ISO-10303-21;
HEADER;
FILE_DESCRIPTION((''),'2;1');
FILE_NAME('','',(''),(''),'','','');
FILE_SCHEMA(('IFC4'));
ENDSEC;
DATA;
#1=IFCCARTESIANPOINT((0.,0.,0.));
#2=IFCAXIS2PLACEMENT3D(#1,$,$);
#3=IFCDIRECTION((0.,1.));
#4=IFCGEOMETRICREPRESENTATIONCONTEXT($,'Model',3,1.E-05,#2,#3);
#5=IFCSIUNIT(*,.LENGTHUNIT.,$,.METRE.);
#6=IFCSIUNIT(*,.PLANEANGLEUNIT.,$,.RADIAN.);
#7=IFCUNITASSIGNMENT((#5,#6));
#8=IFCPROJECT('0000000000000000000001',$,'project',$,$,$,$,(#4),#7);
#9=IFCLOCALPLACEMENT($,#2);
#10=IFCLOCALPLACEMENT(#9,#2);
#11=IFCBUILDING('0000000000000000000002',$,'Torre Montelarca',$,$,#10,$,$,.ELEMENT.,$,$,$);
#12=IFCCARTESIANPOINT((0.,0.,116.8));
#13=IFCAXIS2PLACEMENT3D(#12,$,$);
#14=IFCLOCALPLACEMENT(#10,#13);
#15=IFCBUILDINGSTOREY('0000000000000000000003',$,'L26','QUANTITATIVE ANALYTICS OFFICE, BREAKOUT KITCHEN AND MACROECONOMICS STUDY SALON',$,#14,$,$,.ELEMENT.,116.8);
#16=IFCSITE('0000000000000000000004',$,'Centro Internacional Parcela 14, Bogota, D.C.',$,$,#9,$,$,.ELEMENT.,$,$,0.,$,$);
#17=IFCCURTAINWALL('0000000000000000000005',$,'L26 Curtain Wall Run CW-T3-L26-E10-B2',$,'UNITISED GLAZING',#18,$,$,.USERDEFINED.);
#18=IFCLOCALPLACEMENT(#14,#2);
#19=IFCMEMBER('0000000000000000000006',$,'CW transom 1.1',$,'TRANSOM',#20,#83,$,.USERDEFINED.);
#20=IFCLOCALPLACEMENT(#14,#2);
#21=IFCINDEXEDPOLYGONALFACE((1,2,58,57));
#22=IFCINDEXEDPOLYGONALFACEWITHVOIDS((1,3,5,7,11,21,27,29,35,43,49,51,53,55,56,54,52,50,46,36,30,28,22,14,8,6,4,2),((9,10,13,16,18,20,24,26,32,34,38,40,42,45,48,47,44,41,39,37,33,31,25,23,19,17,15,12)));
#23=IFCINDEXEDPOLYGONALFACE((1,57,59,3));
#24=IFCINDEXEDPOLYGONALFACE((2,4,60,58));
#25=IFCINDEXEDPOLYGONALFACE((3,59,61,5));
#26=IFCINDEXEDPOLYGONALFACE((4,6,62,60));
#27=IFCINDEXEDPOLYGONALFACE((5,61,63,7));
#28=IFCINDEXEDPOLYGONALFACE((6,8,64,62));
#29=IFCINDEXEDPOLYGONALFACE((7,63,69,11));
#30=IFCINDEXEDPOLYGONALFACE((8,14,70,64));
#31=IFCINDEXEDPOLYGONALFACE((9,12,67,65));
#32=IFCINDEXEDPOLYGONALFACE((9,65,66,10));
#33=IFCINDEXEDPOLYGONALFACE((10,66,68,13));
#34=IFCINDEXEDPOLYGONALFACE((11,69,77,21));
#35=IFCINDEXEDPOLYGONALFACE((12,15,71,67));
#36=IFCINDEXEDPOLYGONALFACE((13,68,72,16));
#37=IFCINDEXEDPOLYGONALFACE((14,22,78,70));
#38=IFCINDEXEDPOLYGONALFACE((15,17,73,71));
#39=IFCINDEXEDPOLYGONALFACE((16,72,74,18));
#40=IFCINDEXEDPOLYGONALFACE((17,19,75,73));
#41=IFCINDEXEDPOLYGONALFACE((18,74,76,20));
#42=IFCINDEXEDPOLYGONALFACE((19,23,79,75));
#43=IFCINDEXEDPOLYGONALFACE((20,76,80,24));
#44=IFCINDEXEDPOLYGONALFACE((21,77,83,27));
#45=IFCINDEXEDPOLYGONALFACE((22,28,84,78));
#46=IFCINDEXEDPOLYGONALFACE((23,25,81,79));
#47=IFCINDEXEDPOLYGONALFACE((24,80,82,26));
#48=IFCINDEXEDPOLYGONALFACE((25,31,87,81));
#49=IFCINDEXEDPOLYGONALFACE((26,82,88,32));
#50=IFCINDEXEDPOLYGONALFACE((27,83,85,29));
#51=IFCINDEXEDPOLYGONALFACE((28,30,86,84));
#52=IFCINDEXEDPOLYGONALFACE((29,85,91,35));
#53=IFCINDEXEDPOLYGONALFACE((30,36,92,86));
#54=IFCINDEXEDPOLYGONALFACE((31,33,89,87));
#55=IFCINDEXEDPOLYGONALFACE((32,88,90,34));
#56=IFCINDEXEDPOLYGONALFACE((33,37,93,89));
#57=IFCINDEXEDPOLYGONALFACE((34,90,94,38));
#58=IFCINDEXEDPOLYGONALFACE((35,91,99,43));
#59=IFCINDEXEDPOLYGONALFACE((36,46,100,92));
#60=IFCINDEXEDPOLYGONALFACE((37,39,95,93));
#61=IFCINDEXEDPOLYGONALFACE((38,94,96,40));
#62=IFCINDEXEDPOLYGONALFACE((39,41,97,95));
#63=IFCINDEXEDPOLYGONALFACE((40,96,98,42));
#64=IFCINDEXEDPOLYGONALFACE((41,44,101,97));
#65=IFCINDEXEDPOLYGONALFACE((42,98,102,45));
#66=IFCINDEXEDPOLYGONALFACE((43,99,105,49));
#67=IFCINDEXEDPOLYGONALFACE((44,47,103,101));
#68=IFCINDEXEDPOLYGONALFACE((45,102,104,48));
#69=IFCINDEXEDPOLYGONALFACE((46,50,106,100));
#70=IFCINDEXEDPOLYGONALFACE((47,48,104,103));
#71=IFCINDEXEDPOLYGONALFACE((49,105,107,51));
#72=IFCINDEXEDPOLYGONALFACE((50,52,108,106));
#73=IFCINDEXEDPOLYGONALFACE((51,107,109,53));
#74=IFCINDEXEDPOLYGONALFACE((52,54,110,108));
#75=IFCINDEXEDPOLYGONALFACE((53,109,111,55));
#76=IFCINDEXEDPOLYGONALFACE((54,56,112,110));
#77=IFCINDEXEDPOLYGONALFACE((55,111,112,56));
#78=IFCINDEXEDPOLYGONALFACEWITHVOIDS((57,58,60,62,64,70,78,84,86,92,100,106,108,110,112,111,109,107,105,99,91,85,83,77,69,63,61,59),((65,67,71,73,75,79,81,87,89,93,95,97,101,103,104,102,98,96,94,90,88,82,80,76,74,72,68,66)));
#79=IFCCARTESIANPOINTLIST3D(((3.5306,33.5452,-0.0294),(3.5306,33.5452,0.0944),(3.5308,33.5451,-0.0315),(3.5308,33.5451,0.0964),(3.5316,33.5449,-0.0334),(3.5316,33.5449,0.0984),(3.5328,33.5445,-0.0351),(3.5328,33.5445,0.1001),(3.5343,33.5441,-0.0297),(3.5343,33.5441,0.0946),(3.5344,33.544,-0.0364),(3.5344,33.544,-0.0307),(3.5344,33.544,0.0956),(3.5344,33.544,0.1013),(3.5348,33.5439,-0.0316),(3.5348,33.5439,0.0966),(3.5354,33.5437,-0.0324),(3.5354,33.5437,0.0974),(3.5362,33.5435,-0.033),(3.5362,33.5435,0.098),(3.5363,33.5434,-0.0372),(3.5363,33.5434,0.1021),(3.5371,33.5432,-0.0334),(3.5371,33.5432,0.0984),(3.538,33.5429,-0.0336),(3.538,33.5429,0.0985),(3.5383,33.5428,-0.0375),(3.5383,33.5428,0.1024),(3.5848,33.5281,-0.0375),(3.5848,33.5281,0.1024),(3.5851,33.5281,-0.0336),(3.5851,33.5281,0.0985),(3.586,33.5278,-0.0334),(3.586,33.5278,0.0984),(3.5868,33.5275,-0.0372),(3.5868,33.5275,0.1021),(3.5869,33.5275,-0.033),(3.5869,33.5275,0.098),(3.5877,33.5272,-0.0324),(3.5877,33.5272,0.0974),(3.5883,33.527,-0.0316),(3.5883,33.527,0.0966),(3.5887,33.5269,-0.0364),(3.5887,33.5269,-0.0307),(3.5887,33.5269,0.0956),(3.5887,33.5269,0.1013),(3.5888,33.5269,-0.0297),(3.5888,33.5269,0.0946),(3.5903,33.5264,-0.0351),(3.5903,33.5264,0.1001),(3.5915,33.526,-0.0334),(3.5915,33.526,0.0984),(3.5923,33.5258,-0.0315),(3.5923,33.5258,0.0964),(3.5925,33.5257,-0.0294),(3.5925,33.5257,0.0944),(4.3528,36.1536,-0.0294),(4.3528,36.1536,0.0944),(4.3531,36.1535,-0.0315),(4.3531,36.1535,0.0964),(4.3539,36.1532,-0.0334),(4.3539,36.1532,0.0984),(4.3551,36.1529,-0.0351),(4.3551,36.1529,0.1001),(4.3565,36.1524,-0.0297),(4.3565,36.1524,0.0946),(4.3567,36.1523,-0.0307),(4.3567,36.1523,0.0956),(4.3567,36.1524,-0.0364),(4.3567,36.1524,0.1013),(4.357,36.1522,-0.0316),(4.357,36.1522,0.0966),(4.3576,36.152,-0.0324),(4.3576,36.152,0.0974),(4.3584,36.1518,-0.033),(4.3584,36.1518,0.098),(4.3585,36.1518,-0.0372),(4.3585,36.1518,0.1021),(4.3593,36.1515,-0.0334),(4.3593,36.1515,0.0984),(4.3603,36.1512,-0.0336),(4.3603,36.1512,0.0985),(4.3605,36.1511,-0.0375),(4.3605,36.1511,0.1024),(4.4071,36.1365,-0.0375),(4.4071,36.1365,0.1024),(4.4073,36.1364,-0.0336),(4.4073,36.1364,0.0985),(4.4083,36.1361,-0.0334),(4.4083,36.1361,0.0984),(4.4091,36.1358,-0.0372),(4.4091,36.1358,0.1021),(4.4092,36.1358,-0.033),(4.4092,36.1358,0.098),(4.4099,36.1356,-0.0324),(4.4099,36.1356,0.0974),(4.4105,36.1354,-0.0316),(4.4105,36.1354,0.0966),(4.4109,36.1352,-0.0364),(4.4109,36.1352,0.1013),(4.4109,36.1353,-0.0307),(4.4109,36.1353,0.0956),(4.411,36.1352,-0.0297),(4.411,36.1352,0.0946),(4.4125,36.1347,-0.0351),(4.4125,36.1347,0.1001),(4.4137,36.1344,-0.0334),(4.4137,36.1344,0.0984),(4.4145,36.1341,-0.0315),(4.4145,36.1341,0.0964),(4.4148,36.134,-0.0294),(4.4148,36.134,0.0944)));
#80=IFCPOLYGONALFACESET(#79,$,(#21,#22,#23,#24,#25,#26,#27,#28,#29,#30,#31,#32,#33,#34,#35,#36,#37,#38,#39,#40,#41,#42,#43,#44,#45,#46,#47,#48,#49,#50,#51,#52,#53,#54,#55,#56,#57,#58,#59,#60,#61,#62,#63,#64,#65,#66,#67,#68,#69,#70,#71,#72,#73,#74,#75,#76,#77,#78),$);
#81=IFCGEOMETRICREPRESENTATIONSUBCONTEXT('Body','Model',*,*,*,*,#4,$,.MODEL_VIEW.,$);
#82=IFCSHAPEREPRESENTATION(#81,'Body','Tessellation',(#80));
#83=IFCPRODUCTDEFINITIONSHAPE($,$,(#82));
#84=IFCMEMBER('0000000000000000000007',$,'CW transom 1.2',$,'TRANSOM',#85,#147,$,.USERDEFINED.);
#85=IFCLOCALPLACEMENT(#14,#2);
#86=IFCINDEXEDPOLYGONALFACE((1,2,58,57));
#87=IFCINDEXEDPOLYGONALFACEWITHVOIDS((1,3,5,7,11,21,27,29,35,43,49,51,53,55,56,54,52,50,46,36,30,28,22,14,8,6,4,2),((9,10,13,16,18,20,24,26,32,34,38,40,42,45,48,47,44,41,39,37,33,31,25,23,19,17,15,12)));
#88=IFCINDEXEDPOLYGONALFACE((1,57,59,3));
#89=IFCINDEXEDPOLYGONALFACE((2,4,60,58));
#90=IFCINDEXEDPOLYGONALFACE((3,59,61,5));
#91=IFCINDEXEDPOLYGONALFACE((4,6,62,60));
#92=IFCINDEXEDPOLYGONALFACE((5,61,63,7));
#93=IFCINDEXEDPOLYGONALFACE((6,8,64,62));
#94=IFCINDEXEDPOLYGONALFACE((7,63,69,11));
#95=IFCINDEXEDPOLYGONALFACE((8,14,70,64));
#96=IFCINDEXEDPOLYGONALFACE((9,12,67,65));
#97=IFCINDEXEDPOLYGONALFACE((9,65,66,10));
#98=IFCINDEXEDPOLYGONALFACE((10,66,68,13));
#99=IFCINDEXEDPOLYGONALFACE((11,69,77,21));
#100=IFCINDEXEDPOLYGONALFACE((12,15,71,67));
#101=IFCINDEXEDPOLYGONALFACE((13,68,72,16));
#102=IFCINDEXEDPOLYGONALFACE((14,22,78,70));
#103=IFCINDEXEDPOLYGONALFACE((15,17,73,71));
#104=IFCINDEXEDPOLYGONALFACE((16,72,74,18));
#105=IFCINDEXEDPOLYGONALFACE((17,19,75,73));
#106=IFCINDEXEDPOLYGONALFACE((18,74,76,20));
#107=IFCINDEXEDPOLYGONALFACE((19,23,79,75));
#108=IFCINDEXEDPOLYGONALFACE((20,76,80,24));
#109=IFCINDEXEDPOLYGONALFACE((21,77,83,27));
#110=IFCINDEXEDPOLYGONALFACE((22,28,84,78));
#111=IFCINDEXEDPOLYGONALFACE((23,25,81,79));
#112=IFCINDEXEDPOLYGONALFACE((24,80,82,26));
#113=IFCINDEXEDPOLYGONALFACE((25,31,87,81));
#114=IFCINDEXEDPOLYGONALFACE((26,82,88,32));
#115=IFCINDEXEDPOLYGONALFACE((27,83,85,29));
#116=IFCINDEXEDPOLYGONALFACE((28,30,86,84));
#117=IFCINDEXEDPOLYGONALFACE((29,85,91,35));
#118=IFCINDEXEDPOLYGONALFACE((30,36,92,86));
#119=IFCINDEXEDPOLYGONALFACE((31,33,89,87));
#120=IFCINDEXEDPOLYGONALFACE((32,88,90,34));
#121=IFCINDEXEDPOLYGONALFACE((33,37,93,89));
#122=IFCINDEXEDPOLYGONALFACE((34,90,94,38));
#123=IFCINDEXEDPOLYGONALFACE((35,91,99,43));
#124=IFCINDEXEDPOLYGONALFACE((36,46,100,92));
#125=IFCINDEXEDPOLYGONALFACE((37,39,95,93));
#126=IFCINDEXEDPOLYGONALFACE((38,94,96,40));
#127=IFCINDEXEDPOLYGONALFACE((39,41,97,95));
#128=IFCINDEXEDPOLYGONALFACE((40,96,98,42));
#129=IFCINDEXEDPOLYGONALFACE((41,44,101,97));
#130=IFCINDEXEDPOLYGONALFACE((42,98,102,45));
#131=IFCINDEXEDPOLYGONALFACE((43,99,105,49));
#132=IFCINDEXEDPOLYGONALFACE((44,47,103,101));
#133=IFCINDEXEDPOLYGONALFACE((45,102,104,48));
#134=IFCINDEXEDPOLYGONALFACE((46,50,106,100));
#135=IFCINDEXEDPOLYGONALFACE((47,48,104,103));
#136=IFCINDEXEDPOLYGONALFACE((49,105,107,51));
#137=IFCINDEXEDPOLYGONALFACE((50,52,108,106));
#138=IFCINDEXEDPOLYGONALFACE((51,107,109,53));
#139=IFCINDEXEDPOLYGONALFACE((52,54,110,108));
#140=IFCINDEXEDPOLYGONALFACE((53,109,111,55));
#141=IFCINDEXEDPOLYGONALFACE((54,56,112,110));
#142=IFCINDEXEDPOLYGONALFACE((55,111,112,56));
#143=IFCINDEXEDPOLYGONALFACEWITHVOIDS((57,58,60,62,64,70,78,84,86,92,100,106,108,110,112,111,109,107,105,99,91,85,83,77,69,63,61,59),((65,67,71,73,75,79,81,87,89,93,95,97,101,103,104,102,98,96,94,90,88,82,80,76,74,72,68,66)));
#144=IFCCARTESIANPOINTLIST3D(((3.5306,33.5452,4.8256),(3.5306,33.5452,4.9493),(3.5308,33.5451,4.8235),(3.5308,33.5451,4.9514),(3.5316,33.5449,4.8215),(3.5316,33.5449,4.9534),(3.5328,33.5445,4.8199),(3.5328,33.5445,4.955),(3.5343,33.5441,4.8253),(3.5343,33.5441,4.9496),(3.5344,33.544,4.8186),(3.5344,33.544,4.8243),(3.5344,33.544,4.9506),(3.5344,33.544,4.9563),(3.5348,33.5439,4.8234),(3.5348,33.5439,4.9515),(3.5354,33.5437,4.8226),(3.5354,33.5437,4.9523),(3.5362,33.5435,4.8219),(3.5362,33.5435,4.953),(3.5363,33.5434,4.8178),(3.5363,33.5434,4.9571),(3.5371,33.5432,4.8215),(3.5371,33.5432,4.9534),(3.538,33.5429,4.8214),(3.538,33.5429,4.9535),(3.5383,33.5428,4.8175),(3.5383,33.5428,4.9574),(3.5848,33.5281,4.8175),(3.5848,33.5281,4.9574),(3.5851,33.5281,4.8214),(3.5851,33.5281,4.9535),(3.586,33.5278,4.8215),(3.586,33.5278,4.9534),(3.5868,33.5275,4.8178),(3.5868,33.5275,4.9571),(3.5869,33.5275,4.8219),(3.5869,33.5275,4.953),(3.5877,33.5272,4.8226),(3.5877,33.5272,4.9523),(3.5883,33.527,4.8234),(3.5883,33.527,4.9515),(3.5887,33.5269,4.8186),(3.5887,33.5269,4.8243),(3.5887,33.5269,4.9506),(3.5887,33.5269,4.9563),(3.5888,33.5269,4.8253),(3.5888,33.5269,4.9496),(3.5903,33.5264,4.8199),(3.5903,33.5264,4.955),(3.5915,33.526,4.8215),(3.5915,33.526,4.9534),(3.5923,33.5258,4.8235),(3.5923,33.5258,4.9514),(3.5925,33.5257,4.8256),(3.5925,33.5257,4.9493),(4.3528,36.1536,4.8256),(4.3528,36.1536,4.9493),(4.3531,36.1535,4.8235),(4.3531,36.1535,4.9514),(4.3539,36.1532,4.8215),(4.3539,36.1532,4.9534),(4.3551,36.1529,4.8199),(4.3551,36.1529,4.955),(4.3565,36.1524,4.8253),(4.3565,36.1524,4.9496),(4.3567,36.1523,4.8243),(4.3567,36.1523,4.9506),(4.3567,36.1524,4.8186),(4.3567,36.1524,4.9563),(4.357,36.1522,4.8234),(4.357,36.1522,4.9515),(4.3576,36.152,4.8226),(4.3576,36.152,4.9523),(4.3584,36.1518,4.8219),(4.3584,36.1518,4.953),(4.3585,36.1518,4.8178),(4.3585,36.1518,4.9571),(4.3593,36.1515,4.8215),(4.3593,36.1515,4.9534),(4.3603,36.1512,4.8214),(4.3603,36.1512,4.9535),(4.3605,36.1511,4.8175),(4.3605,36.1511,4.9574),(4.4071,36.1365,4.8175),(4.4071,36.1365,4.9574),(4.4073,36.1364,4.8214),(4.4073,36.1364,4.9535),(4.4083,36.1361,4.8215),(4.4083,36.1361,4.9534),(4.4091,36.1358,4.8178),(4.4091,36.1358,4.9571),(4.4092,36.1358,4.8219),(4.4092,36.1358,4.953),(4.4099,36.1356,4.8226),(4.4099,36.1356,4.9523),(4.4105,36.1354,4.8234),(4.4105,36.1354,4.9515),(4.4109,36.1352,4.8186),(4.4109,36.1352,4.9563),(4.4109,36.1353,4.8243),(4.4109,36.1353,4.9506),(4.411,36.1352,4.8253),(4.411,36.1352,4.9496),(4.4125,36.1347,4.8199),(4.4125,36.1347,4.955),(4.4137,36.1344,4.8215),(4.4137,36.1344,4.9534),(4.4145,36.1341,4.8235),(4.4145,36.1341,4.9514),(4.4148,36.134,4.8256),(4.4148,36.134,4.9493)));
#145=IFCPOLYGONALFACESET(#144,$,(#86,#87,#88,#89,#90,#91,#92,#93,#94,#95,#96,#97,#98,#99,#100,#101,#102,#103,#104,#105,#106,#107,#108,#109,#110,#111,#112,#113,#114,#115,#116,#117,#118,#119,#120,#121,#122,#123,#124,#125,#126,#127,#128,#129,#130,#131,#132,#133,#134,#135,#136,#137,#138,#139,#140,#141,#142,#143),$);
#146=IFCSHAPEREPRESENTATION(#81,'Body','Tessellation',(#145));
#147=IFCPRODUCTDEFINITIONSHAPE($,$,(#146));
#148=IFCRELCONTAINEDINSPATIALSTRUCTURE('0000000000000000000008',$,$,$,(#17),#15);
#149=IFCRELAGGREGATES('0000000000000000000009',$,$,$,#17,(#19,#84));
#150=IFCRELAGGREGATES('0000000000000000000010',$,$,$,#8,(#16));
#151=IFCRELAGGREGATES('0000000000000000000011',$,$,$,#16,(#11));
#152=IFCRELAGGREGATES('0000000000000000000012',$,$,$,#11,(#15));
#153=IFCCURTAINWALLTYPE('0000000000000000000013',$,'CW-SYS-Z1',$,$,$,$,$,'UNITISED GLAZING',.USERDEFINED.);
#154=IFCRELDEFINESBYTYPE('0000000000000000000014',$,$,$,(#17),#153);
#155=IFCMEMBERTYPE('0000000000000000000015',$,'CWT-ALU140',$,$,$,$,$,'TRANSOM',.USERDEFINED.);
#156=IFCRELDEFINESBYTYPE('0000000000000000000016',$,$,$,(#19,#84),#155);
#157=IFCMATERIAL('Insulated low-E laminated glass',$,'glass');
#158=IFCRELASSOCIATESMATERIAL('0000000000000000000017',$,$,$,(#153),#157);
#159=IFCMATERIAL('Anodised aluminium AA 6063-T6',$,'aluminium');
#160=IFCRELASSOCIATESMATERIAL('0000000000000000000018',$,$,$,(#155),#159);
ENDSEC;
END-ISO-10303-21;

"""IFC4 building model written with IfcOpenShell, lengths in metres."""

from ifc_helpers import new_model, si_unit, direction, frame, origin, origin_2d, place, context, subcontext, project, spatial, hollow_rectangle, extrude, source, transform, mapped, material, material_profile, profile_set, type_object, element, aggregate, save


model = new_model("IFC4")

# Units and contexts
model_context = context("Model", 3, precision=1e-05, world=origin(), true_north=direction((0.0, 1.0)))
body_context = subcontext(model_context, "Body", "Model", "MODEL_VIEW")
ifc_project = project(units=[si_unit("LENGTHUNIT", "METRE"), si_unit("PLANEANGLEUNIT", "RADIAN")], contexts=[model_context])

# Site, building, storey
site_placement = place(None, origin())
site = spatial("IfcSite", under=ifc_project, at=site_placement, Name="Centro Internacional Parcela 14, Bogota, D.C.", CompositionType="ELEMENT", RefElevation=0.0)
building_placement = place(site_placement, origin())
building = spatial("IfcBuilding", under=site, at=building_placement, Name="Torre Montelarca", CompositionType="ELEMENT")
storey_placement = place(building_placement, frame((0.0, 0.0, 116.8)))
storey = spatial("IfcBuildingStorey", under=building, at=storey_placement, Name="L26", Description="QUANTITATIVE ANALYTICS OFFICE, BREAKOUT KITCHEN AND MACROECONOMICS STUDY SALON", CompositionType="ELEMENT", Elevation=116.8)

# Curtain wall
ifc_material_1 = material(Name="Insulated low-E laminated glass", Category="glass")
curtain_wall_type = type_object("IfcCurtainWallType", Name="CW-SYS-Z1", ElementType="UNITISED GLAZING", PredefinedType="USERDEFINED", material=ifc_material_1)
curtain_wall_1_placement = place(storey_placement, origin())
curtain_wall_1 = element("IfcCurtainWall", 1, at=curtain_wall_1_placement, inside=storey, type_object=curtain_wall_type, Name="L26 Curtain Wall Run CW-T3-L26-E10-B2", ObjectType="UNITISED GLAZING", PredefinedType="USERDEFINED")
ifc_material_2 = material(Name="Anodised aluminium AA 6063-T6", Category="aluminium")
ifc_material_profile_1 = material_profile(ifc_material_2, hollow_rectangle(XDim=0.0649, YDim=0.1399, WallThickness=0.0039, InnerFilletRadius=0.0039, OuterFilletRadius=0.0081, at=origin_2d()), Name="ALU65X140X4", Category="aluminium")
ifc_profile_set_1 = profile_set([ifc_material_profile_1], Name="Anodised aluminium AA 6063-T6")
member_type_1 = type_object("IfcMemberType", Name="CWT-ALU140", ElementType="TRANSOM", PredefinedType="USERDEFINED", material=ifc_profile_set_1)

# Members
shared_shape_1 = source(origin(), body_context, "Body", "SweptSolid", [
    extrude(hollow_rectangle(XDim=0.0649, YDim=0.1399, WallThickness=0.0039, InnerFilletRadius=0.0039, OuterFilletRadius=0.0081, at=origin_2d()), origin(), (0.0, 0.0, 1.0), 2.7349),
])
member_1_placement = place(storey_placement, frame((4.3838, 36.1438, 0.0325), z_axis=(-0.300653, -0.953734, 0.0), x_axis=(0.953734, -0.300653, 0.0)))
member_1 = element("IfcMember", 2, at=member_1_placement, type_object=member_type_1, Name="CW transom 1.1", ObjectType="TRANSOM", PredefinedType="USERDEFINED", context=body_context, shape_type="MappedRepresentation", body=[
    mapped(shared_shape_1, transform((0.0, 0.0, 0.0), scale=1.0)),
])
member_2_placement = place(storey_placement, frame((4.3838, 36.1438, 4.8875), z_axis=(-0.300653, -0.953734, 0.0), x_axis=(0.953734, -0.300653, 0.0)))
member_2 = element("IfcMember", 3, at=member_2_placement, type_object=member_type_1, Name="CW transom 1.2", ObjectType="TRANSOM", PredefinedType="USERDEFINED", context=body_context, shape_type="MappedRepresentation", body=[
    mapped(shared_shape_1, transform((0.0, 0.0, 0.0), scale=1.0)),
])

aggregate(curtain_wall_1, [member_1, member_2])

save(model, "model.ifc")
